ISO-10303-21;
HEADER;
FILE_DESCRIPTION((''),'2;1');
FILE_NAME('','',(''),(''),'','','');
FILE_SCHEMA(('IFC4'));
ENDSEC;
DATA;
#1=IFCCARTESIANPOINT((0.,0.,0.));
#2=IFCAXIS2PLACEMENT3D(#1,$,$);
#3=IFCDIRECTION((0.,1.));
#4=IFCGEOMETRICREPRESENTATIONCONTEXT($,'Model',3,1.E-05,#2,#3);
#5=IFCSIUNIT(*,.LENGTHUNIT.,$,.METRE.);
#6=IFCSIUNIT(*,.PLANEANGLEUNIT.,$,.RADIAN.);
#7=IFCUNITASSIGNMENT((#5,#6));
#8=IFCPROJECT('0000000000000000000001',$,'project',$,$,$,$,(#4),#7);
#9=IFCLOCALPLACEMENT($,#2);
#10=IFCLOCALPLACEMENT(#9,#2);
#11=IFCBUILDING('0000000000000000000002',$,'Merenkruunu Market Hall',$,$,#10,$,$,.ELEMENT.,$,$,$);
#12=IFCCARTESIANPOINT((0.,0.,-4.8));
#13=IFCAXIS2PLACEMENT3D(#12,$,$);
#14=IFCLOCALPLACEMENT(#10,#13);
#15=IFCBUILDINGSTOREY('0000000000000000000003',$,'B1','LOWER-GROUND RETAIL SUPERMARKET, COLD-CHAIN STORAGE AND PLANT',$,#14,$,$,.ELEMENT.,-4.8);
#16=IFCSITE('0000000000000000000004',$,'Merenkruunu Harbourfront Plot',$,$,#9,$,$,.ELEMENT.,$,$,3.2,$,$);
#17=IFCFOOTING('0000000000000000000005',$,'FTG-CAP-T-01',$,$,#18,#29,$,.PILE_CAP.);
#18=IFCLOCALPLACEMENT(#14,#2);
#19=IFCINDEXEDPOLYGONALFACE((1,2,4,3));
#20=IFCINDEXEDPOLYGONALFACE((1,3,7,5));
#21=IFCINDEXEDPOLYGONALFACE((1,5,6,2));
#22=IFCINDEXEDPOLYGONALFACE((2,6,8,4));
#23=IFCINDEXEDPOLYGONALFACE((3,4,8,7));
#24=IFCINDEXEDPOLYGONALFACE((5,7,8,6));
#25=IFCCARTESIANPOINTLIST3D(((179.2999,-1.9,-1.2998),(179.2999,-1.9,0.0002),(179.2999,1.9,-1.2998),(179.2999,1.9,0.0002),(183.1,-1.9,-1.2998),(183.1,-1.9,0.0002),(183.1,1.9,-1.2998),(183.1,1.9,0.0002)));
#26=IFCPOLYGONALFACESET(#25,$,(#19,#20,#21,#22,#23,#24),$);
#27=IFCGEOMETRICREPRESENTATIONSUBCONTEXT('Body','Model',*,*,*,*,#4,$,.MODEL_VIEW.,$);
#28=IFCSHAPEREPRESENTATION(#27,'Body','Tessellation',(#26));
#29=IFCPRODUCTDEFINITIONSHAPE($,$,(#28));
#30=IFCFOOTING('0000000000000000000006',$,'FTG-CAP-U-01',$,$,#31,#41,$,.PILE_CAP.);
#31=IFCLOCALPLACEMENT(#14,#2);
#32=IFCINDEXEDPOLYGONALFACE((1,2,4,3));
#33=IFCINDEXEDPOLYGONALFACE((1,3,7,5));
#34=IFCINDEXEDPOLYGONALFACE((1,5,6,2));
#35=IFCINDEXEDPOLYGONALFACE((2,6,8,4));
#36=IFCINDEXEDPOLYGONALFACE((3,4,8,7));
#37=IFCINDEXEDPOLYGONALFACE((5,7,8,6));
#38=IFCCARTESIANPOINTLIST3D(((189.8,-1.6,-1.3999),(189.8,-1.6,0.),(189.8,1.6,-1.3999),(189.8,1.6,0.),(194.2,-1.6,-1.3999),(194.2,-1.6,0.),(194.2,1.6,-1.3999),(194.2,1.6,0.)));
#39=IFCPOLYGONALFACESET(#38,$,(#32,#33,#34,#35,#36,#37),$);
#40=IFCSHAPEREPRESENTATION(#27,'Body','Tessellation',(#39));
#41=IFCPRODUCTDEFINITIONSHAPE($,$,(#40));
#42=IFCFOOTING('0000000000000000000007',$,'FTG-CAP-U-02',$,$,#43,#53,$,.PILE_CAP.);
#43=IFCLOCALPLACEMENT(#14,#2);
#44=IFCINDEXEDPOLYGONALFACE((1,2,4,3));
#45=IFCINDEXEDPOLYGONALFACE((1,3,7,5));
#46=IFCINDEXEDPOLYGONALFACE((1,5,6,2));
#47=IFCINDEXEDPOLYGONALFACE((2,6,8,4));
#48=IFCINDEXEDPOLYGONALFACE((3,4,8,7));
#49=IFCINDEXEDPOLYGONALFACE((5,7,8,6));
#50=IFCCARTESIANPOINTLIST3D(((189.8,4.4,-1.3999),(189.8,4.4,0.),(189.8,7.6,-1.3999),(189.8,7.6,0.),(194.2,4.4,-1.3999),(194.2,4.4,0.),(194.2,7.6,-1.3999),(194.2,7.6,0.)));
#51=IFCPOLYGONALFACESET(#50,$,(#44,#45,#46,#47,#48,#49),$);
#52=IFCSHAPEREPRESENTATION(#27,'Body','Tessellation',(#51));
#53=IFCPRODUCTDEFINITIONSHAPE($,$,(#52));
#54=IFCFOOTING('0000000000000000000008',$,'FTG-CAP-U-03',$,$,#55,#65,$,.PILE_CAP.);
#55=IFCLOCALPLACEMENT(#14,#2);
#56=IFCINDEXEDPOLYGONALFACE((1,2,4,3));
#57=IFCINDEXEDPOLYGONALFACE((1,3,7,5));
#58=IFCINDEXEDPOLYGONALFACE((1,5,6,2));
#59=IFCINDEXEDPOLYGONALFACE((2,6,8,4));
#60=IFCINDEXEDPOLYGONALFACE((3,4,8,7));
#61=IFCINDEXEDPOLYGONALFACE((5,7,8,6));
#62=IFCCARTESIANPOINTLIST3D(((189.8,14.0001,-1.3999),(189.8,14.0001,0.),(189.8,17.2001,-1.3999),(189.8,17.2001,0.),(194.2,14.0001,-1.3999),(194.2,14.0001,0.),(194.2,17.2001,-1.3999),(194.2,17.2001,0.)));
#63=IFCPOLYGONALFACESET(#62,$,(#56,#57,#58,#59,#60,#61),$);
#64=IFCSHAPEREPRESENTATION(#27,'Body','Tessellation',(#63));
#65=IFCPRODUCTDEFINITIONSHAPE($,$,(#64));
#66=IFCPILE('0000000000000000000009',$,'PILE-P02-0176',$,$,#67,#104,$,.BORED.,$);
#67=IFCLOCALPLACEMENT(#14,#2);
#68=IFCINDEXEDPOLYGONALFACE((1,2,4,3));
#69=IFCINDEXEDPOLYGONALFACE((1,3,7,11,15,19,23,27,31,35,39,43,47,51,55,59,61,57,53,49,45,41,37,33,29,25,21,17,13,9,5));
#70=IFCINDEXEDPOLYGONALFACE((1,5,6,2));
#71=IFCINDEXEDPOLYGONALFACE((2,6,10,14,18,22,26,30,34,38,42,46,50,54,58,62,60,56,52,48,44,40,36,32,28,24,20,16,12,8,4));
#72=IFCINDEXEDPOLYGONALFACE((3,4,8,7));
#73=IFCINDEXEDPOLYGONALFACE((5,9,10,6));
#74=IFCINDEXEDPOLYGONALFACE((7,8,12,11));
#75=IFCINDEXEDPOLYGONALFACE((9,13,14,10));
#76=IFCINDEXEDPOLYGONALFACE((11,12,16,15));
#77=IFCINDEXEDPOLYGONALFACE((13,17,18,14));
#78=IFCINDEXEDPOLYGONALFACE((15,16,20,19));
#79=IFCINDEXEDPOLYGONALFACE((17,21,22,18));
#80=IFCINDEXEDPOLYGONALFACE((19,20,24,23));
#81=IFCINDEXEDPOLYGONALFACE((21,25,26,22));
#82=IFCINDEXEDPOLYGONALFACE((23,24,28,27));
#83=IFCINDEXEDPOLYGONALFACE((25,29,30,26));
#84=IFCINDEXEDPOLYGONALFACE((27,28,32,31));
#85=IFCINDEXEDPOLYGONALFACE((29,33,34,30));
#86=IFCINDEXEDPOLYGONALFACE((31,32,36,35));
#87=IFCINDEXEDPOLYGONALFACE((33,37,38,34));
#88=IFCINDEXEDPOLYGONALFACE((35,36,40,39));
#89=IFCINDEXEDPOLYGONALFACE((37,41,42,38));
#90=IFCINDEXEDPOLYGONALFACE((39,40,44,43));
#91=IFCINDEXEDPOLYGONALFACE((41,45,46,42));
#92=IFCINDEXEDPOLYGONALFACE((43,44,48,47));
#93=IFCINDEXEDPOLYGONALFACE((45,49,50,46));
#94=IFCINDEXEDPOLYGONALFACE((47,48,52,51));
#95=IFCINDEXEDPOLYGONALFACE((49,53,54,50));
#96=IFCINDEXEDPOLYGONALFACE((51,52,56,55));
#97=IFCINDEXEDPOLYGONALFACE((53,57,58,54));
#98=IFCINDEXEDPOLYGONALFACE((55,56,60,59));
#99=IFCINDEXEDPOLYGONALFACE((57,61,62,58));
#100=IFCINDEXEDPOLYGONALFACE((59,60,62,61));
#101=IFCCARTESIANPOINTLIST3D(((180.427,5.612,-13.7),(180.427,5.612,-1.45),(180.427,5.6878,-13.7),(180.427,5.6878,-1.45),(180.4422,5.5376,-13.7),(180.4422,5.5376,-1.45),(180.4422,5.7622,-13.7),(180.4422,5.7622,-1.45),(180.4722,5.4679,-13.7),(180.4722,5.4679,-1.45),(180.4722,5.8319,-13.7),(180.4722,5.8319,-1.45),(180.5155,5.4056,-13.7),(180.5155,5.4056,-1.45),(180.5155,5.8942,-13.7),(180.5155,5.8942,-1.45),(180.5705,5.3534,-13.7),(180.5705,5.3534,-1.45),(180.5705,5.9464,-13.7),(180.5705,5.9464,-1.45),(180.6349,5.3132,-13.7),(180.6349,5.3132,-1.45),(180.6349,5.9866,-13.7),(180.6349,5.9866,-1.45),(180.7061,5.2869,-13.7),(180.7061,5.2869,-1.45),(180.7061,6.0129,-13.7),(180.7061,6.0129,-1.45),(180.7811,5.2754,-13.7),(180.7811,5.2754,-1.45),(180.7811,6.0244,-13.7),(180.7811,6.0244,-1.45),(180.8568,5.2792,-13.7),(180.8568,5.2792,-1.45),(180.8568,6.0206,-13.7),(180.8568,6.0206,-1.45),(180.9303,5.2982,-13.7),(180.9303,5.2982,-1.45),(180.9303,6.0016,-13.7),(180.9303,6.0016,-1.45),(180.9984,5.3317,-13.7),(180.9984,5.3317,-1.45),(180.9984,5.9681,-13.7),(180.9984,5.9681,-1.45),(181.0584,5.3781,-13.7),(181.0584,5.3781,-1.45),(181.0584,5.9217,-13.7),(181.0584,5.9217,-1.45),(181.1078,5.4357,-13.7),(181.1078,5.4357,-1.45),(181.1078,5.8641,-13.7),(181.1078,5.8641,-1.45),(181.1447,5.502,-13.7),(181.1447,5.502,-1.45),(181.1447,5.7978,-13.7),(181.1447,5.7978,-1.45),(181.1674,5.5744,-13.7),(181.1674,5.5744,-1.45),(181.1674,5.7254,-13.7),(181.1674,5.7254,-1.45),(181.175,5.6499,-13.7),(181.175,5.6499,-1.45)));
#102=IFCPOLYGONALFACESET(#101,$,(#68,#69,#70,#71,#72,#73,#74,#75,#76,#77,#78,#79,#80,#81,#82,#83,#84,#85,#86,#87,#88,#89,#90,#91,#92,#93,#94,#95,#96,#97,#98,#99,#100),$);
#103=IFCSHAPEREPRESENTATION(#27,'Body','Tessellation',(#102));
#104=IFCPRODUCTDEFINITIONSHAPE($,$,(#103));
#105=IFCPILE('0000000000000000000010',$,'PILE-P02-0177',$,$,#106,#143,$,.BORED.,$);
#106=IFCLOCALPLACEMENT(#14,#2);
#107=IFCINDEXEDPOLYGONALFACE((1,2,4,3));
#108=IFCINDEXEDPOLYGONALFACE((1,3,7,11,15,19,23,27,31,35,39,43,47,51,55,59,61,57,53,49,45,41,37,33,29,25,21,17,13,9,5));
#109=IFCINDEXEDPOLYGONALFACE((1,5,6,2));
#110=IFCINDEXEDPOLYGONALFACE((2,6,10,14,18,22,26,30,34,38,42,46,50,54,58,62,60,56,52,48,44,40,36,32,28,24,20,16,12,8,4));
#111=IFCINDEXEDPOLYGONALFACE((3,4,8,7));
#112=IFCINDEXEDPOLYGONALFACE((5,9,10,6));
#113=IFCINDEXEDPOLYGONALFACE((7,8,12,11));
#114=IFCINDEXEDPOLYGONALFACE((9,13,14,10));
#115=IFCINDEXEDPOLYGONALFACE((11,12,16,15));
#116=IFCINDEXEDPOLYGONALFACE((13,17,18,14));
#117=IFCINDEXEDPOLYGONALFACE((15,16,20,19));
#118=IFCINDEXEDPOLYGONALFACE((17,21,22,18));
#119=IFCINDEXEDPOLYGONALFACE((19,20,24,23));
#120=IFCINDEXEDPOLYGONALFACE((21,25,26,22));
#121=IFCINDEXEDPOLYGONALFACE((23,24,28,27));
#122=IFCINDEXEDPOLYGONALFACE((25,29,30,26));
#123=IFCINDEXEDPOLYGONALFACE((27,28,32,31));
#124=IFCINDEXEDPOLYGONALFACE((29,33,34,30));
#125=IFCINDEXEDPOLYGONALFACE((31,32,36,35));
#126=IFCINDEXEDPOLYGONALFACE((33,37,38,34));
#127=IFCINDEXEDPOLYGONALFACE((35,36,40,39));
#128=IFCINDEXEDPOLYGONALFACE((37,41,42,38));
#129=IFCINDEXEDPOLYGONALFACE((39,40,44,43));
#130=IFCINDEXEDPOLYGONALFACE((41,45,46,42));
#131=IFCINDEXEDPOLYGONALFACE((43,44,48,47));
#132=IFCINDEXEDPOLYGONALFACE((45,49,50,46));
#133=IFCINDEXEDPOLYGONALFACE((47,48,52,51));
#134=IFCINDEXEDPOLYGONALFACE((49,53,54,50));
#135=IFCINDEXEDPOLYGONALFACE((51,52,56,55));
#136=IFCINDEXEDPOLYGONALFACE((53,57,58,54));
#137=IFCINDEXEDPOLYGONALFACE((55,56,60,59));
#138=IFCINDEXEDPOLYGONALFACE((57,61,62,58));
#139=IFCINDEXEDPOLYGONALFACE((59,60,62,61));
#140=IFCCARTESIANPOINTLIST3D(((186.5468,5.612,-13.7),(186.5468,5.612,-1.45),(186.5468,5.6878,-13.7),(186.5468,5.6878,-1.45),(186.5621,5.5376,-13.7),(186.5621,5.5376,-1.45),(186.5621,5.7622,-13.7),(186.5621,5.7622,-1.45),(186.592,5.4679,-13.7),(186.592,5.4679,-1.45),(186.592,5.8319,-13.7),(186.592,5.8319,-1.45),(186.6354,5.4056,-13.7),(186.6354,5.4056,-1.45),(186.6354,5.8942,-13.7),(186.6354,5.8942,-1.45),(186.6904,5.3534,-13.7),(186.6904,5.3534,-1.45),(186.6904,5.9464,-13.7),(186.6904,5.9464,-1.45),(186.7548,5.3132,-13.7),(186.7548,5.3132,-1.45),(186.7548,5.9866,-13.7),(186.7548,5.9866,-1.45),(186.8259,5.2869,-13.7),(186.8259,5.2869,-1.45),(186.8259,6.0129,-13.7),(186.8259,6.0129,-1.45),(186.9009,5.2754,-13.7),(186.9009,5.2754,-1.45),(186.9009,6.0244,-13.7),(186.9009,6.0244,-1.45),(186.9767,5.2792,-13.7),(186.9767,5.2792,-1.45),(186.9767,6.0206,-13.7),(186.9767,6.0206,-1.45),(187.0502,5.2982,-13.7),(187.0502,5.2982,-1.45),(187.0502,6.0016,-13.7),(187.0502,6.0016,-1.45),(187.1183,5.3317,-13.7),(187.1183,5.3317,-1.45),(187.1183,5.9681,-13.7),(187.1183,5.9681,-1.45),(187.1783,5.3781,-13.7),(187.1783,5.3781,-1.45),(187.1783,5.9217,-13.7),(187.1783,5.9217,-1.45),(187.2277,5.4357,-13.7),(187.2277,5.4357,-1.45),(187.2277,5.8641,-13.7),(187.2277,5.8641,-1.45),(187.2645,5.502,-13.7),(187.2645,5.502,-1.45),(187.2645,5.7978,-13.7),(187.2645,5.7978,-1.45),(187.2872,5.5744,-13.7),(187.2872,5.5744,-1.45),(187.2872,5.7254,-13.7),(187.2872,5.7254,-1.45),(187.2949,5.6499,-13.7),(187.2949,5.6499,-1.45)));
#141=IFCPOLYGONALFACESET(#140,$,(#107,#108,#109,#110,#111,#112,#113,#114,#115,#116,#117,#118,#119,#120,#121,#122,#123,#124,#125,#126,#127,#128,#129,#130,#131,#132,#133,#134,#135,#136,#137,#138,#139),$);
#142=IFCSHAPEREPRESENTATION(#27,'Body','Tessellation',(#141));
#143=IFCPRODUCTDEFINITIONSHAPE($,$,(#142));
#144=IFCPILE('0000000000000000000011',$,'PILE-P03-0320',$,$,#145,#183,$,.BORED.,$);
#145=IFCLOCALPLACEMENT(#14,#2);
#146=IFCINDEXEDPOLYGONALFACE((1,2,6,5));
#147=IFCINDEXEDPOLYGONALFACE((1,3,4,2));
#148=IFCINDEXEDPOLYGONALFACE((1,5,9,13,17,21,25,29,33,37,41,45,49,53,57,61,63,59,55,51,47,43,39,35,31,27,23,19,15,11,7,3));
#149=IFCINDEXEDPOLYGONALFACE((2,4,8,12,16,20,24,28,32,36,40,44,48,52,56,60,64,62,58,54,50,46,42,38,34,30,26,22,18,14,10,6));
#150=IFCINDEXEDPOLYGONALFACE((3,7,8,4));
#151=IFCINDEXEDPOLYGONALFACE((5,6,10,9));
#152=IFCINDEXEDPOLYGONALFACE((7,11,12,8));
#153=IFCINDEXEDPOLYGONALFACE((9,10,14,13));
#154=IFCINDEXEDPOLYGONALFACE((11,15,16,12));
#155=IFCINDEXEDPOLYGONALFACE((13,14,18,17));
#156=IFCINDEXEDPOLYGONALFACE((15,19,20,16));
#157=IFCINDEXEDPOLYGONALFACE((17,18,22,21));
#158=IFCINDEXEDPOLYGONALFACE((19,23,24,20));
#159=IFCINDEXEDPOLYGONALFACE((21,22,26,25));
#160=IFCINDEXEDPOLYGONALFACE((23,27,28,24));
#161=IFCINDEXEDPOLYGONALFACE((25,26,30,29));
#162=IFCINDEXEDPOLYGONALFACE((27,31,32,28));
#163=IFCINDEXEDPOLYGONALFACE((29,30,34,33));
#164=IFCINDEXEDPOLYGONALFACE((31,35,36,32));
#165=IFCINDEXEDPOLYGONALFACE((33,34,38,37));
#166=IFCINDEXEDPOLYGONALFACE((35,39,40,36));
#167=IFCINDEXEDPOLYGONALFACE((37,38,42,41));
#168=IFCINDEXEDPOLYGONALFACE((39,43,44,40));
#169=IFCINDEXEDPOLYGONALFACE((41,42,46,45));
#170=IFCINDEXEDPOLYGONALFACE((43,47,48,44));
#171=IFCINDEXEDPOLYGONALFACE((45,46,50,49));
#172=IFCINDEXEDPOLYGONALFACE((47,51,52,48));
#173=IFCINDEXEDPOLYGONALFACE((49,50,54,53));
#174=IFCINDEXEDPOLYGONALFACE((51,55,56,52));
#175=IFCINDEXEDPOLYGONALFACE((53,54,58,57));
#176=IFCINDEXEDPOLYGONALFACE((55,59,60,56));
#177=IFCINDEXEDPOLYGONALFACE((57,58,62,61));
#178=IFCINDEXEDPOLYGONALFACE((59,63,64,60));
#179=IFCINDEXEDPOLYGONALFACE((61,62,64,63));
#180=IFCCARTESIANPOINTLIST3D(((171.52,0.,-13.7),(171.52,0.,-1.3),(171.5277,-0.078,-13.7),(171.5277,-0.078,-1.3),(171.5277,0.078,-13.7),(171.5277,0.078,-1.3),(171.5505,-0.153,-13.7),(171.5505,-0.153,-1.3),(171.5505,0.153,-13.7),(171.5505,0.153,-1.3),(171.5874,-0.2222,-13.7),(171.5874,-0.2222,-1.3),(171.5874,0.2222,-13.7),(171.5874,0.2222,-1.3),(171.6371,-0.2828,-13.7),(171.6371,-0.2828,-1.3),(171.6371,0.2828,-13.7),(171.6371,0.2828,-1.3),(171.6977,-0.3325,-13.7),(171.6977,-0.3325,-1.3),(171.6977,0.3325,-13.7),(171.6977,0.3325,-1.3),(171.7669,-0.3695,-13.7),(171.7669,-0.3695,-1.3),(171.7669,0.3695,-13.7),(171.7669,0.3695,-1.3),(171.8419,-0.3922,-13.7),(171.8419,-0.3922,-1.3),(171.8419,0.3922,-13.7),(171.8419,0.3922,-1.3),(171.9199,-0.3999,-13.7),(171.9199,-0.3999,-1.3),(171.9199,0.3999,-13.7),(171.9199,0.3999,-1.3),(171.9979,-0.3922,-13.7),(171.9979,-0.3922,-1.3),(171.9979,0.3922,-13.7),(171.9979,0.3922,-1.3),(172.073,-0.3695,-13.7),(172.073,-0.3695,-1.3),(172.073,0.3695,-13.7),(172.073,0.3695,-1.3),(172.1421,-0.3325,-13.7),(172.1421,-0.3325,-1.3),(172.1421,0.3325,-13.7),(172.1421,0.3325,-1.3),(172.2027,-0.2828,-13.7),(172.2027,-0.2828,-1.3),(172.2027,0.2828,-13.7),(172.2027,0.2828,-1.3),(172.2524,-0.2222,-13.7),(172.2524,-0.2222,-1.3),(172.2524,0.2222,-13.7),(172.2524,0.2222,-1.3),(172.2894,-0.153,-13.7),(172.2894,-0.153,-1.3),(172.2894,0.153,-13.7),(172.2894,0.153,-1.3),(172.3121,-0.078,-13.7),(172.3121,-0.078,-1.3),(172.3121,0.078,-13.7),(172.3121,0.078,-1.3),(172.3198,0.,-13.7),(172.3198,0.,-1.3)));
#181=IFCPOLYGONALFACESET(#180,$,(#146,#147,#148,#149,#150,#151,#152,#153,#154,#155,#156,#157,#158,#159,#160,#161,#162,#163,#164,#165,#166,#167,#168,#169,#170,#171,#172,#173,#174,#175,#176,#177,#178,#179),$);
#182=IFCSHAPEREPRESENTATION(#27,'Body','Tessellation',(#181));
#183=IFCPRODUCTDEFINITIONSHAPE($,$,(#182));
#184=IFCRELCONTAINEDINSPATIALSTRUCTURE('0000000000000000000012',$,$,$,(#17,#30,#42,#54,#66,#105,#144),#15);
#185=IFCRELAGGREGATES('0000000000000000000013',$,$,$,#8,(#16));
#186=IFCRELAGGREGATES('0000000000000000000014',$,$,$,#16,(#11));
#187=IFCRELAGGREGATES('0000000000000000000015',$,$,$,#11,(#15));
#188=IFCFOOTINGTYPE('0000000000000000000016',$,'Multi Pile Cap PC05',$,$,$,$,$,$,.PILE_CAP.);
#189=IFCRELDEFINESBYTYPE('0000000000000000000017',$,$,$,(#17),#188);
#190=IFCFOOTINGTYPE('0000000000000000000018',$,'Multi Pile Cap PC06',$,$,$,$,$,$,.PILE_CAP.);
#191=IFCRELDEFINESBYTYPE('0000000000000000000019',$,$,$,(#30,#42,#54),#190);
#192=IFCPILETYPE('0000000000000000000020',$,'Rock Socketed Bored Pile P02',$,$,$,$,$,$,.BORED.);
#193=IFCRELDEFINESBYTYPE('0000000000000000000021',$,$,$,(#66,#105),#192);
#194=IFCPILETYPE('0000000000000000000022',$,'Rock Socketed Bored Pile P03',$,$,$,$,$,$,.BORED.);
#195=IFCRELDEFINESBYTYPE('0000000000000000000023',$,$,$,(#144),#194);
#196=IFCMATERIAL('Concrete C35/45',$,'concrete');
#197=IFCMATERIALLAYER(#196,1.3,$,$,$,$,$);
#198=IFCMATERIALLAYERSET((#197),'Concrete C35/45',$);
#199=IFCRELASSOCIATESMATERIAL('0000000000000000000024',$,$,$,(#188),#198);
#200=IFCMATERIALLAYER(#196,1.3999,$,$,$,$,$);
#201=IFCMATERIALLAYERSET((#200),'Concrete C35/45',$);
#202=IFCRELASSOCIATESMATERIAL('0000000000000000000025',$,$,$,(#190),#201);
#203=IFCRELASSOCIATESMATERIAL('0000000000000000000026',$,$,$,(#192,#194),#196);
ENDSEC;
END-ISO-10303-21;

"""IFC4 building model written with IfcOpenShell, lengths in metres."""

from ifc_helpers import new_model, si_unit, direction, frame, origin, origin_2d, place, context, subcontext, project, spatial, rectangle, circle, extrude, material, layer, layer_set, material_profile, profile_set, type_object, element, save


model = new_model("IFC4")

# Units and contexts
model_context = context("Model", 3, precision=1e-05, world=origin(), true_north=direction((0.0, 1.0)))
body_context = subcontext(model_context, "Body", "Model", "MODEL_VIEW")
ifc_project = project(units=[si_unit("LENGTHUNIT", "METRE"), si_unit("PLANEANGLEUNIT", "RADIAN")], contexts=[model_context])

# Site, building, storey
site_placement = place(None, origin())
site = spatial("IfcSite", under=ifc_project, at=site_placement, Name="Merenkruunu Harbourfront Plot", CompositionType="ELEMENT", RefElevation=3.2)
building_placement = place(site_placement, origin())
building = spatial("IfcBuilding", under=site, at=building_placement, Name="Merenkruunu Market Hall", CompositionType="ELEMENT")
storey_placement = place(building_placement, frame((0.0, 0.0, -4.8)))
storey = spatial("IfcBuildingStorey", under=building, at=storey_placement, Name="B1", Description="LOWER-GROUND RETAIL SUPERMARKET, COLD-CHAIN STORAGE AND PLANT", CompositionType="ELEMENT", Elevation=-4.8)

# Footings
ifc_material = material(Name="Concrete C35/45", Category="concrete")
ifc_layer_1 = layer(ifc_material, 1.3)
ifc_layer_set_1 = layer_set([ifc_layer_1], Name="Concrete C35/45")
footing_type_1 = type_object("IfcFootingType", Name="Multi Pile Cap PC05", PredefinedType="PILE_CAP", material=ifc_layer_set_1)
footing_1_placement = place(storey_placement, frame((181.2, 0.0, -1.2998), z_axis=(0.0, 0.0, 1.0), x_axis=(1.0, 0.0, 0.0)))
element("IfcFooting", 1, at=footing_1_placement, inside=storey, type_object=footing_type_1, Name="FTG-CAP-T-01", PredefinedType="PILE_CAP", context=body_context, shape_type="SweptSolid", body=[
    extrude(rectangle(XDim=3.8, YDim=3.8, at=origin_2d()), origin(), (0.0, 0.0, 1.0), 1.3),
])
ifc_layer_2 = layer(ifc_material, 1.3999)
ifc_layer_set_2 = layer_set([ifc_layer_2], Name="Concrete C35/45")
footing_type_2 = type_object("IfcFootingType", Name="Multi Pile Cap PC06", PredefinedType="PILE_CAP", material=ifc_layer_set_2)
for number, where, z_axis, x_axis, name in (
    (2, (192.0, 0.0, -1.3999), (0.0, 0.0, 1.0), (1.0, 0.0, 0.0), "FTG-CAP-U-01"),
    (3, (192.0, 6.0, -1.3999), (0.0, 0.0, 1.0), (1.0, 0.0, 0.0), "FTG-CAP-U-02"),
    (4, (192.0, 15.6001, -1.3999), (0.0, 0.0, 1.0), (1.0, 0.0, 0.0), "FTG-CAP-U-03"),
):
    element("IfcFooting", number, at=place(storey_placement, frame(where, z_axis=z_axis, x_axis=x_axis)), inside=storey, type_object=footing_type_2, Name=name, PredefinedType="PILE_CAP", context=body_context, shape_type="SweptSolid", body=[
        extrude(rectangle(XDim=4.3999, YDim=3.2, at=origin_2d()), origin(), (0.0, 0.0, 1.0), 1.3999),
    ])

# Piles
ifc_material_profile_1 = material_profile(ifc_material, circle(Radius=0.375, at=origin_2d()), Name="BORED PILE 750")
ifc_profile_set_1 = profile_set([ifc_material_profile_1], Name="Concrete C35/45")
pile_type_1 = type_object("IfcPileType", Name="Rock Socketed Bored Pile P02", PredefinedType="BORED", material=ifc_profile_set_1)
for number, where, z_axis, x_axis, name in (
    (5, (180.8, 5.6499, -1.45), (0.0, 0.0, -1.0), (1.0, 0.0, 0.0), "PILE-P02-0176"),
    (6, (186.9199, 5.6499, -1.45), (0.0, 0.0, -1.0), (1.0, 0.0, 0.0), "PILE-P02-0177"),
):
    element("IfcPile", number, at=place(storey_placement, frame(where, z_axis=z_axis, x_axis=x_axis)), inside=storey, type_object=pile_type_1, Name=name, PredefinedType="BORED", context=body_context, shape_type="SweptSolid", body=[
        extrude(circle(Radius=0.375, at=origin_2d()), origin(), (0.0, 0.0, 1.0), 12.25),
    ])
ifc_material_profile_2 = material_profile(ifc_material, circle(Radius=0.3999, at=origin_2d()), Name="BORED PILE 800")
ifc_profile_set_2 = profile_set([ifc_material_profile_2], Name="Concrete C35/45")
pile_type_2 = type_object("IfcPileType", Name="Rock Socketed Bored Pile P03", PredefinedType="BORED", material=ifc_profile_set_2)
for number, where, z_axis, x_axis, name in (
    (7, (171.9199, 0.0, -1.3), (0.0, 0.0, -1.0), (1.0, 0.0, 0.0), "PILE-P03-0320"),
):
    element("IfcPile", number, at=place(storey_placement, frame(where, z_axis=z_axis, x_axis=x_axis)), inside=storey, type_object=pile_type_2, Name=name, PredefinedType="BORED", context=body_context, shape_type="SweptSolid", body=[
        extrude(circle(Radius=0.3999, at=origin_2d()), origin(), (0.0, 0.0, 1.0), 12.3999),
    ])

save(model, "model.ifc")
